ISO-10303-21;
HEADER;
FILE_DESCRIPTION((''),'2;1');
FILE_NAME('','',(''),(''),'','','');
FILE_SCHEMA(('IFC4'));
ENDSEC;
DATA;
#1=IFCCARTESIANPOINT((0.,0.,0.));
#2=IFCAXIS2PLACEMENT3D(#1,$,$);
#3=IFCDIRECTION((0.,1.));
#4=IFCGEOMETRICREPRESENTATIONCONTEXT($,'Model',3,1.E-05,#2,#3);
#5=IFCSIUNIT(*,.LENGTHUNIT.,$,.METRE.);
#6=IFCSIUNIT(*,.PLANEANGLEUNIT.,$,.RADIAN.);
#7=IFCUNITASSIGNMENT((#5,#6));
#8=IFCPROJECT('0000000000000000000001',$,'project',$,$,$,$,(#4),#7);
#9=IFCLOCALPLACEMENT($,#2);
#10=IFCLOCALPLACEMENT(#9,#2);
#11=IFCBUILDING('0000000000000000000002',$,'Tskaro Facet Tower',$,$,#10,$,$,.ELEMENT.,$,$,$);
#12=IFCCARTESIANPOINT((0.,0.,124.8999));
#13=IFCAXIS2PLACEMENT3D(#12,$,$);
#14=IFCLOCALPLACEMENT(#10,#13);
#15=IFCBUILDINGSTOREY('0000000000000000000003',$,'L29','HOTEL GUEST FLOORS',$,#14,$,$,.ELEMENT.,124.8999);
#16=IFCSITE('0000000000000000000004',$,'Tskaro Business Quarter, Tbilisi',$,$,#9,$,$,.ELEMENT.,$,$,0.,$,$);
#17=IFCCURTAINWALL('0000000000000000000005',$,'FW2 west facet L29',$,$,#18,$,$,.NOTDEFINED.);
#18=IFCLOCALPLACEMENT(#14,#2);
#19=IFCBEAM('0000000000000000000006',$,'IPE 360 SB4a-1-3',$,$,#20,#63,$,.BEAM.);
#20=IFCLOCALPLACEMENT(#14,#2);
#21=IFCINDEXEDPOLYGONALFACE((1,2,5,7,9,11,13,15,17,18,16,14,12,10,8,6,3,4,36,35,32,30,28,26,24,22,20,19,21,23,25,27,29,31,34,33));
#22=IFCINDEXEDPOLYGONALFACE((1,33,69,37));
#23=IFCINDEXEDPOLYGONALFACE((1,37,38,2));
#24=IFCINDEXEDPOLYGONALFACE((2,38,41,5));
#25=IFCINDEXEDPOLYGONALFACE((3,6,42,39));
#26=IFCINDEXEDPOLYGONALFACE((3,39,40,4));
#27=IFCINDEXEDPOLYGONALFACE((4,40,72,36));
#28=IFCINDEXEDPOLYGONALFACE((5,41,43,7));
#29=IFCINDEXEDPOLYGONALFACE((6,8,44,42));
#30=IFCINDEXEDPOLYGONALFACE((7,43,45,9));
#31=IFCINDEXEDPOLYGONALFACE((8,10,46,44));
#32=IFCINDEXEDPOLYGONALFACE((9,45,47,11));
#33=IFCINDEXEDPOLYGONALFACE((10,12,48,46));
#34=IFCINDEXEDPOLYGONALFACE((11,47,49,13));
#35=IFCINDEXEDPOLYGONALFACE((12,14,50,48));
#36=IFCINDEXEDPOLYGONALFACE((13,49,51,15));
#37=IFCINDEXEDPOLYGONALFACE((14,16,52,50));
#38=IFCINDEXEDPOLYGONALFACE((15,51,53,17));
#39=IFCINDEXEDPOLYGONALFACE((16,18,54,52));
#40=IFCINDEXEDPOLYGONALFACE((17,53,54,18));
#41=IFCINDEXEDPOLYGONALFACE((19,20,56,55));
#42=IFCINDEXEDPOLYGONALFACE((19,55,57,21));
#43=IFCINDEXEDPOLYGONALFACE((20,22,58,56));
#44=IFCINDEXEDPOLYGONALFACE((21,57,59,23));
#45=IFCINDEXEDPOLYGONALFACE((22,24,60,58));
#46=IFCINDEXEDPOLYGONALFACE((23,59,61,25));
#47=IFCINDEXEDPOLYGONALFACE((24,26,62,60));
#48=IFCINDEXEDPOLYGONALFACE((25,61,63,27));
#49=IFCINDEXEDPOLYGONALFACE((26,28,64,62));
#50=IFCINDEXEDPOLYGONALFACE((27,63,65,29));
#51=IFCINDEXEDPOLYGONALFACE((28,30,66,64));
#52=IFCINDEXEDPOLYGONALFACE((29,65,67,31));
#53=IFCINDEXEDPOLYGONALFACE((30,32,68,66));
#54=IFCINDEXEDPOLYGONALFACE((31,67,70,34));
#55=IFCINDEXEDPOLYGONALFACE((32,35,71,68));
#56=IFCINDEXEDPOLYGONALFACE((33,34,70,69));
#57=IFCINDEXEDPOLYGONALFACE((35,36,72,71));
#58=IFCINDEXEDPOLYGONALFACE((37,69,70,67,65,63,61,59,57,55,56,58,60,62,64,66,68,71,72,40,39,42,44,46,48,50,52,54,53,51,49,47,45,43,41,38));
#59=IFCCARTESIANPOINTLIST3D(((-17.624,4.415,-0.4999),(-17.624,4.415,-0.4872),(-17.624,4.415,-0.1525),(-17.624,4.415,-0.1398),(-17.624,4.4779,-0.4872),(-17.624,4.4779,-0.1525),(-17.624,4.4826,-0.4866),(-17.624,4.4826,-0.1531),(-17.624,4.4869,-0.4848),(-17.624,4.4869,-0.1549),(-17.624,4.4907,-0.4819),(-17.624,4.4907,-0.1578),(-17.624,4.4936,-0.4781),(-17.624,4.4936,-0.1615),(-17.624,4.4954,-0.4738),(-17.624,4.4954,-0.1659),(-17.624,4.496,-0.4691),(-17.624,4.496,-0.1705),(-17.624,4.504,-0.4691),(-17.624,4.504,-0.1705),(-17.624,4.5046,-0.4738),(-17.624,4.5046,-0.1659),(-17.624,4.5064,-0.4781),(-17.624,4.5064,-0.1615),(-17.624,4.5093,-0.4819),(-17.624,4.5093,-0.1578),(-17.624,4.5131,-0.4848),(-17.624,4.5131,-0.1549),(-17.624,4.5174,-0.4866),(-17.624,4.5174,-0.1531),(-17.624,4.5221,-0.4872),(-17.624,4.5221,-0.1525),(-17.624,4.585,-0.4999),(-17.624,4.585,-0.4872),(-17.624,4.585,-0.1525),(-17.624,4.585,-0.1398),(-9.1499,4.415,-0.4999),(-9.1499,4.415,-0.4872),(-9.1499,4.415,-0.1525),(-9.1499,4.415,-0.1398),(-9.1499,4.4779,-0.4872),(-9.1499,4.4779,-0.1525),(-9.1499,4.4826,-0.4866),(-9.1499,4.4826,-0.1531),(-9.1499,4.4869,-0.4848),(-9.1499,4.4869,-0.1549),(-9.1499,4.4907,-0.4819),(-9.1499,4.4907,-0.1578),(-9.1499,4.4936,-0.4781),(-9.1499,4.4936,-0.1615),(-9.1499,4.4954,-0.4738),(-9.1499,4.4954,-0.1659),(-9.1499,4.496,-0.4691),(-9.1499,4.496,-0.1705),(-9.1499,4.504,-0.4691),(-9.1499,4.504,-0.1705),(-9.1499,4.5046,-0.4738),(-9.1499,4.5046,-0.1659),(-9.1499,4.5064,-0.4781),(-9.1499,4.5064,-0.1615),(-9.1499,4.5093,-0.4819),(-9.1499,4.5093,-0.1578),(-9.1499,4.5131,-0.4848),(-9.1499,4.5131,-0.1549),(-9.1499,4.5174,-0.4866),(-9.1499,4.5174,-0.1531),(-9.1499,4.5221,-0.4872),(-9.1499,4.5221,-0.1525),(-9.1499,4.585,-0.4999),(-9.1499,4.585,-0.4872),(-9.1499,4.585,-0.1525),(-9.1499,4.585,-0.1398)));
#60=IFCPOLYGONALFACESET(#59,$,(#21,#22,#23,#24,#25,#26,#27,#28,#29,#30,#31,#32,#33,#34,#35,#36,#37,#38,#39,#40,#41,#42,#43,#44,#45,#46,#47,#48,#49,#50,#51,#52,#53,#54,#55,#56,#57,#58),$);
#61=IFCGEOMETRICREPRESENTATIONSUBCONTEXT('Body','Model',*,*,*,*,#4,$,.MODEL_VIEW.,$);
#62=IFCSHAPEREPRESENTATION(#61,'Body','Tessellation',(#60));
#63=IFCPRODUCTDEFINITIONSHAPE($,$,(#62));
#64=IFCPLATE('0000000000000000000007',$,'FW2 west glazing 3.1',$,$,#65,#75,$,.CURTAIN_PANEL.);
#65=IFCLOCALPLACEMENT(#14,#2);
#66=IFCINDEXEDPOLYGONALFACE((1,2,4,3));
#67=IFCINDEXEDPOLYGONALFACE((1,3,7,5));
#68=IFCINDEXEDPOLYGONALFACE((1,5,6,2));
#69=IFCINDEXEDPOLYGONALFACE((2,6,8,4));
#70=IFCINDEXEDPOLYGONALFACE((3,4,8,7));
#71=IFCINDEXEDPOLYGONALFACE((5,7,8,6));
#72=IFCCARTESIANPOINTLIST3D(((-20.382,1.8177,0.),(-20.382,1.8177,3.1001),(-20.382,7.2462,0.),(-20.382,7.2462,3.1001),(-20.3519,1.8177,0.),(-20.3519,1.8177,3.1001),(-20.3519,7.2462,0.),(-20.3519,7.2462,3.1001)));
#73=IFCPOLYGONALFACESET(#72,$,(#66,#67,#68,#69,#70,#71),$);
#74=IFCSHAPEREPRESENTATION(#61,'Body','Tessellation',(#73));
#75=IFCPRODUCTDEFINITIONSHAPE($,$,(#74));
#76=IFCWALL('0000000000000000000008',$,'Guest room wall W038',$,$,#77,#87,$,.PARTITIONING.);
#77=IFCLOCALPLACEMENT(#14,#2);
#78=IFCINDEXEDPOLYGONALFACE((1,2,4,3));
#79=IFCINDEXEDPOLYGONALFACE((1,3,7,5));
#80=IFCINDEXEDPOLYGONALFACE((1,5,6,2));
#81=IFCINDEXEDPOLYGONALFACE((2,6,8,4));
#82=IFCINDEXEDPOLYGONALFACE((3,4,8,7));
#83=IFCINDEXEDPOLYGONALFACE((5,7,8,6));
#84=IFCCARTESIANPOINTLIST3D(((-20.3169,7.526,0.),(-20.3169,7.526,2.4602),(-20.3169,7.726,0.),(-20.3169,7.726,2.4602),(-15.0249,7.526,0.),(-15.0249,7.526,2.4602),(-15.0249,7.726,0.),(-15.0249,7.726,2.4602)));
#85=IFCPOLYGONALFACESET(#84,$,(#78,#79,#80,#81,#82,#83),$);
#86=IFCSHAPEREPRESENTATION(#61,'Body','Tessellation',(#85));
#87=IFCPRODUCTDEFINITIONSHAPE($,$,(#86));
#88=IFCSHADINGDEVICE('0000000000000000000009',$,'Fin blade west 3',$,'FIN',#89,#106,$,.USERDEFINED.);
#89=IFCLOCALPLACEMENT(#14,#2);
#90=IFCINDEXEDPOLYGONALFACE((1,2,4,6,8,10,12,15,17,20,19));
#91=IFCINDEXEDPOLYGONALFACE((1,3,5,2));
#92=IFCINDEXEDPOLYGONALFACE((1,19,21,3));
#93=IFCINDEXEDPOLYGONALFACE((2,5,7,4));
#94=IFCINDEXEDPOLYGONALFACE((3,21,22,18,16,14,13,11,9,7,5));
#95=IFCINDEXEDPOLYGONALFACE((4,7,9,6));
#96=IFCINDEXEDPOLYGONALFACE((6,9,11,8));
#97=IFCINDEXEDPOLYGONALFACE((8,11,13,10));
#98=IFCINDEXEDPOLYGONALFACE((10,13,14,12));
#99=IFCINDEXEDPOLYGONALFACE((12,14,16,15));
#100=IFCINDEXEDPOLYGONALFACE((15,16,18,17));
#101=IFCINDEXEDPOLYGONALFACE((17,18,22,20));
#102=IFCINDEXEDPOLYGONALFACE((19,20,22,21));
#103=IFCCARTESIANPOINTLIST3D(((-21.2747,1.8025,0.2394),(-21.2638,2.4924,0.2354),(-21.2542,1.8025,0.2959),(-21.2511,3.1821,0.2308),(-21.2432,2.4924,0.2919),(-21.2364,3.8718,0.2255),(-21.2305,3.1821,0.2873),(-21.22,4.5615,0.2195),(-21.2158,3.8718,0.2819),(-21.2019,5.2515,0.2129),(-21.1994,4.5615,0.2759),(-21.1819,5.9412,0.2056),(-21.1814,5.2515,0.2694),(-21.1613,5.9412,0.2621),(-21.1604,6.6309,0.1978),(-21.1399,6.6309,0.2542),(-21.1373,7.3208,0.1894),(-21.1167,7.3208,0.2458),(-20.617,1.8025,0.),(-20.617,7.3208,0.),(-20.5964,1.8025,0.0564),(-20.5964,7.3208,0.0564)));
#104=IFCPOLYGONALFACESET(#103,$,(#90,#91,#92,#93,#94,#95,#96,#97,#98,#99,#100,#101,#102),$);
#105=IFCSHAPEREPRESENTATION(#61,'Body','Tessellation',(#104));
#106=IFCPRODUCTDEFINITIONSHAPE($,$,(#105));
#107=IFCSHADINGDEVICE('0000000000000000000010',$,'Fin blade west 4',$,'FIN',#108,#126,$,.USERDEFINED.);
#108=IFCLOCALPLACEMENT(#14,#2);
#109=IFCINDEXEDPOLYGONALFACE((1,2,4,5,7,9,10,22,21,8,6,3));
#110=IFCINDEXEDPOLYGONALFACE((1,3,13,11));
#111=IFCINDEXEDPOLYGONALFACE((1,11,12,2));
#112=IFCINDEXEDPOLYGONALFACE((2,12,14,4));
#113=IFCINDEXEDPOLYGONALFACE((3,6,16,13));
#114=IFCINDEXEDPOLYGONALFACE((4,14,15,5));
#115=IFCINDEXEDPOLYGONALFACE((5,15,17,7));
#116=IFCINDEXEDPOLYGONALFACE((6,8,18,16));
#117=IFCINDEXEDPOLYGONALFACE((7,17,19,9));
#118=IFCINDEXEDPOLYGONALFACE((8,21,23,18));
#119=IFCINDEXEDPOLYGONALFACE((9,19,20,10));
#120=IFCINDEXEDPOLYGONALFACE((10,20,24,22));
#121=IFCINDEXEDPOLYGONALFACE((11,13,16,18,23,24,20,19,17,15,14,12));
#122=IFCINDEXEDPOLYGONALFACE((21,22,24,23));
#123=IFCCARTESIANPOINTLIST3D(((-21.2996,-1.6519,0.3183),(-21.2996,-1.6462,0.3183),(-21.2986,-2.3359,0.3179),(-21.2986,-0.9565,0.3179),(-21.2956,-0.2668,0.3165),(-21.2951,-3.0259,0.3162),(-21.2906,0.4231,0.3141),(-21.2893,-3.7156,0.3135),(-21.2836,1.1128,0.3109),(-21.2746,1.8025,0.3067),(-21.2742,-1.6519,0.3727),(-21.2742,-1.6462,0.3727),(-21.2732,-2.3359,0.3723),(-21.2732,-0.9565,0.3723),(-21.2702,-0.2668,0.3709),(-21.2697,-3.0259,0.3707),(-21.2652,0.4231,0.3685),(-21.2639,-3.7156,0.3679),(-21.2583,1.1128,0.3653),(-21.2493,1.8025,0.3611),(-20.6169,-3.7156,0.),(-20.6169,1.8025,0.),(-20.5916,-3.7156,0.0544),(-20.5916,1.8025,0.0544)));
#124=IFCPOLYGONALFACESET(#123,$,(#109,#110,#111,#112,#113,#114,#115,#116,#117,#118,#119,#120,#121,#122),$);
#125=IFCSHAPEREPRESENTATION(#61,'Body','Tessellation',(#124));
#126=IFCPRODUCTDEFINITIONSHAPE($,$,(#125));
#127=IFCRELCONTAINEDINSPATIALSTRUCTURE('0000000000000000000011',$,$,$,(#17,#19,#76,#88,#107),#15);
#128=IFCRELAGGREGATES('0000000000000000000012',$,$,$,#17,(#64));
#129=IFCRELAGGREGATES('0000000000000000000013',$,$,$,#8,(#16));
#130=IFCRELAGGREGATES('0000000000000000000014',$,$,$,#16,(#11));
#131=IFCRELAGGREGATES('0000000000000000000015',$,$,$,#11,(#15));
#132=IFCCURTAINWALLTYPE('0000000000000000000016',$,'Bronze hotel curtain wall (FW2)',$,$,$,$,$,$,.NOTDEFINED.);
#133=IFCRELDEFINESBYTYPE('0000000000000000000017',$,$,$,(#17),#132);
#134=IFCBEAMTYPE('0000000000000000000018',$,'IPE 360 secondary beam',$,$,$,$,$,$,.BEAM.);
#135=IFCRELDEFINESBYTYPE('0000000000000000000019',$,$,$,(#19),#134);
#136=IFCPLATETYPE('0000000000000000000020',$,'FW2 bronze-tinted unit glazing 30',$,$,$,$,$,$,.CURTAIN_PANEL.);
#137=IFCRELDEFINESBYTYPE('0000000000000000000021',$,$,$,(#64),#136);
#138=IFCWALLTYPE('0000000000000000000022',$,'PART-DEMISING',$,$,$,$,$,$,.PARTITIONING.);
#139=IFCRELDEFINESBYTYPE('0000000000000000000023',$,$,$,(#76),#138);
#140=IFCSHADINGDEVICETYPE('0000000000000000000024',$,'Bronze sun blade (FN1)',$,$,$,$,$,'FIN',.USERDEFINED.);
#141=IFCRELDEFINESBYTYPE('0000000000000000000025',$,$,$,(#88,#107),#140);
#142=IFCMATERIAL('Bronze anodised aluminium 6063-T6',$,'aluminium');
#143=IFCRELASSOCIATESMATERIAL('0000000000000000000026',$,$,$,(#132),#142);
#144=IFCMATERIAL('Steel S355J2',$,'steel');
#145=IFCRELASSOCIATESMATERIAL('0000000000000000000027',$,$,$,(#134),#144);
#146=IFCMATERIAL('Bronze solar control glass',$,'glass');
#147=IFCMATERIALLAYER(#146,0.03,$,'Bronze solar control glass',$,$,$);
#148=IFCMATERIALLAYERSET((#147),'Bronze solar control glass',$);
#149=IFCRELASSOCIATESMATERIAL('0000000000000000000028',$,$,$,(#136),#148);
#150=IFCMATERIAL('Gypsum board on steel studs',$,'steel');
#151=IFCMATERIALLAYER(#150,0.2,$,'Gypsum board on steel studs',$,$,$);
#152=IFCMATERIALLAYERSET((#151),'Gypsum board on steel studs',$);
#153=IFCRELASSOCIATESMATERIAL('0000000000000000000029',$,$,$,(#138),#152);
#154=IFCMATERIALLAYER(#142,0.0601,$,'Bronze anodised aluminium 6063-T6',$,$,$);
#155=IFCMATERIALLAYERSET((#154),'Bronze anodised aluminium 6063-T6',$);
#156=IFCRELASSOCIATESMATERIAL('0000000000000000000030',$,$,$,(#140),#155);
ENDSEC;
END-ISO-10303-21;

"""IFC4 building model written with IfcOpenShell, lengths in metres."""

from ifc_helpers import new_model, si_unit, direction, frame, frame_2d, origin, origin_2d, place, context, subcontext, project, spatial, polyline, rectangle, i_section, outline, extrude, material, layer, layer_set, material_profile, profile_set, type_object, element, aggregate, save


model = new_model("IFC4")

# Units and contexts
model_context = context("Model", 3, precision=1e-05, world=origin(), true_north=direction((0.0, 1.0)))
body_context = subcontext(model_context, "Body", "Model", "MODEL_VIEW")
ifc_project = project(units=[si_unit("LENGTHUNIT", "METRE"), si_unit("PLANEANGLEUNIT", "RADIAN")], contexts=[model_context])

# Site, building, storey
site_placement = place(None, origin())
site = spatial("IfcSite", under=ifc_project, at=site_placement, Name="Tskaro Business Quarter, Tbilisi", CompositionType="ELEMENT", RefElevation=0.0)
building_placement = place(site_placement, origin())
building = spatial("IfcBuilding", under=site, at=building_placement, Name="Tskaro Facet Tower", CompositionType="ELEMENT")
storey_placement = place(building_placement, frame((0.0, 0.0, 124.8999)))
storey = spatial("IfcBuildingStorey", under=building, at=storey_placement, Name="L29", Description="HOTEL GUEST FLOORS", CompositionType="ELEMENT", Elevation=124.8999)

# Curtain wall
ifc_material_1 = material(Name="Bronze anodised aluminium 6063-T6", Category="aluminium")
curtain_wall_type = type_object("IfcCurtainWallType", Name="Bronze hotel curtain wall (FW2)", PredefinedType="NOTDEFINED", material=ifc_material_1)
curtain_wall_placement = place(storey_placement, origin())
curtain_wall = element("IfcCurtainWall", 1, at=curtain_wall_placement, inside=storey, type_object=curtain_wall_type, Name="FW2 west facet L29", PredefinedType="NOTDEFINED")

# Beam
ifc_material_2 = material(Name="Steel S355J2", Category="steel")
ifc_material_profile_1 = material_profile(ifc_material_2, i_section(OverallWidth=0.1699, OverallDepth=0.3601, WebThickness=0.0081, FlangeThickness=0.0127, FilletRadius=0.0181, at=origin_2d()), Name="IPE 360")
ifc_profile_set_1 = profile_set([ifc_material_profile_1], Name="Steel S355J2")
beam_type_1 = type_object("IfcBeamType", Name="IPE 360 secondary beam", PredefinedType="BEAM", material=ifc_profile_set_1)
beam_1_placement = place(storey_placement, frame((-17.624, 4.5, -0.3198), z_axis=(1.0, 0.0, 0.0), x_axis=(0.0, 1.0, 0.0)))
element("IfcBeam", 2, at=beam_1_placement, inside=storey, type_object=beam_type_1, Name="IPE 360 SB4a-1-3", PredefinedType="BEAM", context=body_context, shape_type="SweptSolid", body=[
    extrude(i_section(OverallWidth=0.1699, OverallDepth=0.3601, WebThickness=0.0081, FlangeThickness=0.0127, FilletRadius=0.0181, at=origin_2d()), origin(), (0.0, 0.0, 1.0), 8.4741),
])

# Plate
ifc_material_3 = material(Name="Bronze solar control glass", Category="glass")
ifc_layer_1 = layer(ifc_material_3, 0.03, Name="Bronze solar control glass")
ifc_layer_set_1 = layer_set([ifc_layer_1], Name="Bronze solar control glass")
plate_type = type_object("IfcPlateType", Name="FW2 bronze-tinted unit glazing 30", PredefinedType="CURTAIN_PANEL", material=ifc_layer_set_1)
plate_placement = place(storey_placement, frame((-20.3669, 4.532, 0.0), z_axis=(0.0, 0.0, 1.0), x_axis=(0.0, -1.0, 0.0)))
plate = element("IfcPlate", 3, at=plate_placement, type_object=plate_type, Name="FW2 west glazing 3.1", PredefinedType="CURTAIN_PANEL", context=body_context, shape_type="SweptSolid", body=[
    extrude(rectangle(XDim=5.4285, YDim=0.03, at=origin_2d()), origin(), (0.0, 0.0, 1.0), 3.1001),
])
aggregate(curtain_wall, [plate])

# Wall
ifc_material_4 = material(Name="Gypsum board on steel studs", Category="steel")
ifc_layer_2 = layer(ifc_material_4, 0.2, Name="Gypsum board on steel studs")
ifc_layer_set_2 = layer_set([ifc_layer_2], Name="Gypsum board on steel studs")
wall_type = type_object("IfcWallType", Name="PART-DEMISING", PredefinedType="PARTITIONING", material=ifc_layer_set_2)
wall_placement = place(storey_placement, frame((-20.3169, 7.626, 0.0), z_axis=(0.0, 0.0, 1.0), x_axis=(1.0, 0.0, 0.0)))
element("IfcWall", 4, at=wall_placement, inside=storey, type_object=wall_type, Name="Guest room wall W038", PredefinedType="PARTITIONING", context=body_context, shape_type="SweptSolid", body=[
    extrude(rectangle(XDim=5.292, YDim=0.2, at=frame_2d((2.646, 0.0))), origin(), (0.0, 0.0, 1.0), 2.4602),
])

# Shading devices
ifc_layer_3 = layer(ifc_material_1, 0.0601, Name="Bronze anodised aluminium 6063-T6")
ifc_layer_set_3 = layer_set([ifc_layer_3], Name="Bronze anodised aluminium 6063-T6")
shading_device_type = type_object("IfcShadingDeviceType", Name="Bronze sun blade (FN1)", ElementType="FIN", PredefinedType="USERDEFINED", material=ifc_layer_set_3)
shading_device_1_placement = place(storey_placement, frame((-20.5964, 7.3208, 0.0564), z_axis=(0.342111, 0.000002, 0.93966), x_axis=(0.000001, -1.0, 0.000002)))
element("IfcShadingDevice", 5, at=shading_device_1_placement, inside=storey, type_object=shading_device_type, Name="Fin blade west 3", ObjectType="FIN", PredefinedType="USERDEFINED", context=body_context, shape_type="SweptSolid", body=[
    extrude(outline(polyline([(0.0, 0.0), (5.5183, 0.0), (5.5183, -0.7), (4.8284, -0.6883), (4.1387, -0.6748), (3.449, -0.6592), (2.7593, -0.6417), (2.0693, -0.6225), (1.3796, -0.6012), (0.6899, -0.5783), (0.0, -0.5537), (0.0, 0.0)])), origin(), (0.0, 0.0, -1.0), 0.0601),
])
shading_device_2_placement = place(storey_placement, frame((-20.5916, 1.8025, 0.0544), z_axis=(0.422597, 0.0, 0.906318), x_axis=(0.0, -1.0, 0.0)))
element("IfcShadingDevice", 6, at=shading_device_2_placement, inside=storey, type_object=shading_device_type, Name="Fin blade west 4", ObjectType="FIN", PredefinedType="USERDEFINED", context=body_context, shape_type="SweptSolid", body=[
    extrude(outline(polyline([(0.0, 0.0), (5.5181, 0.0), (5.5181, -0.7418), (4.8284, -0.7483), (4.1384, -0.7521), (3.4543, -0.7532), (3.4487, -0.7532), (2.759, -0.7521), (2.0693, -0.7488), (1.3794, -0.7433), (0.6897, -0.7356), (0.0, -0.7257), (0.0, 0.0)])), origin(), (0.0, 0.0, -1.0), 0.0601),
])

save(model, "model.ifc")
